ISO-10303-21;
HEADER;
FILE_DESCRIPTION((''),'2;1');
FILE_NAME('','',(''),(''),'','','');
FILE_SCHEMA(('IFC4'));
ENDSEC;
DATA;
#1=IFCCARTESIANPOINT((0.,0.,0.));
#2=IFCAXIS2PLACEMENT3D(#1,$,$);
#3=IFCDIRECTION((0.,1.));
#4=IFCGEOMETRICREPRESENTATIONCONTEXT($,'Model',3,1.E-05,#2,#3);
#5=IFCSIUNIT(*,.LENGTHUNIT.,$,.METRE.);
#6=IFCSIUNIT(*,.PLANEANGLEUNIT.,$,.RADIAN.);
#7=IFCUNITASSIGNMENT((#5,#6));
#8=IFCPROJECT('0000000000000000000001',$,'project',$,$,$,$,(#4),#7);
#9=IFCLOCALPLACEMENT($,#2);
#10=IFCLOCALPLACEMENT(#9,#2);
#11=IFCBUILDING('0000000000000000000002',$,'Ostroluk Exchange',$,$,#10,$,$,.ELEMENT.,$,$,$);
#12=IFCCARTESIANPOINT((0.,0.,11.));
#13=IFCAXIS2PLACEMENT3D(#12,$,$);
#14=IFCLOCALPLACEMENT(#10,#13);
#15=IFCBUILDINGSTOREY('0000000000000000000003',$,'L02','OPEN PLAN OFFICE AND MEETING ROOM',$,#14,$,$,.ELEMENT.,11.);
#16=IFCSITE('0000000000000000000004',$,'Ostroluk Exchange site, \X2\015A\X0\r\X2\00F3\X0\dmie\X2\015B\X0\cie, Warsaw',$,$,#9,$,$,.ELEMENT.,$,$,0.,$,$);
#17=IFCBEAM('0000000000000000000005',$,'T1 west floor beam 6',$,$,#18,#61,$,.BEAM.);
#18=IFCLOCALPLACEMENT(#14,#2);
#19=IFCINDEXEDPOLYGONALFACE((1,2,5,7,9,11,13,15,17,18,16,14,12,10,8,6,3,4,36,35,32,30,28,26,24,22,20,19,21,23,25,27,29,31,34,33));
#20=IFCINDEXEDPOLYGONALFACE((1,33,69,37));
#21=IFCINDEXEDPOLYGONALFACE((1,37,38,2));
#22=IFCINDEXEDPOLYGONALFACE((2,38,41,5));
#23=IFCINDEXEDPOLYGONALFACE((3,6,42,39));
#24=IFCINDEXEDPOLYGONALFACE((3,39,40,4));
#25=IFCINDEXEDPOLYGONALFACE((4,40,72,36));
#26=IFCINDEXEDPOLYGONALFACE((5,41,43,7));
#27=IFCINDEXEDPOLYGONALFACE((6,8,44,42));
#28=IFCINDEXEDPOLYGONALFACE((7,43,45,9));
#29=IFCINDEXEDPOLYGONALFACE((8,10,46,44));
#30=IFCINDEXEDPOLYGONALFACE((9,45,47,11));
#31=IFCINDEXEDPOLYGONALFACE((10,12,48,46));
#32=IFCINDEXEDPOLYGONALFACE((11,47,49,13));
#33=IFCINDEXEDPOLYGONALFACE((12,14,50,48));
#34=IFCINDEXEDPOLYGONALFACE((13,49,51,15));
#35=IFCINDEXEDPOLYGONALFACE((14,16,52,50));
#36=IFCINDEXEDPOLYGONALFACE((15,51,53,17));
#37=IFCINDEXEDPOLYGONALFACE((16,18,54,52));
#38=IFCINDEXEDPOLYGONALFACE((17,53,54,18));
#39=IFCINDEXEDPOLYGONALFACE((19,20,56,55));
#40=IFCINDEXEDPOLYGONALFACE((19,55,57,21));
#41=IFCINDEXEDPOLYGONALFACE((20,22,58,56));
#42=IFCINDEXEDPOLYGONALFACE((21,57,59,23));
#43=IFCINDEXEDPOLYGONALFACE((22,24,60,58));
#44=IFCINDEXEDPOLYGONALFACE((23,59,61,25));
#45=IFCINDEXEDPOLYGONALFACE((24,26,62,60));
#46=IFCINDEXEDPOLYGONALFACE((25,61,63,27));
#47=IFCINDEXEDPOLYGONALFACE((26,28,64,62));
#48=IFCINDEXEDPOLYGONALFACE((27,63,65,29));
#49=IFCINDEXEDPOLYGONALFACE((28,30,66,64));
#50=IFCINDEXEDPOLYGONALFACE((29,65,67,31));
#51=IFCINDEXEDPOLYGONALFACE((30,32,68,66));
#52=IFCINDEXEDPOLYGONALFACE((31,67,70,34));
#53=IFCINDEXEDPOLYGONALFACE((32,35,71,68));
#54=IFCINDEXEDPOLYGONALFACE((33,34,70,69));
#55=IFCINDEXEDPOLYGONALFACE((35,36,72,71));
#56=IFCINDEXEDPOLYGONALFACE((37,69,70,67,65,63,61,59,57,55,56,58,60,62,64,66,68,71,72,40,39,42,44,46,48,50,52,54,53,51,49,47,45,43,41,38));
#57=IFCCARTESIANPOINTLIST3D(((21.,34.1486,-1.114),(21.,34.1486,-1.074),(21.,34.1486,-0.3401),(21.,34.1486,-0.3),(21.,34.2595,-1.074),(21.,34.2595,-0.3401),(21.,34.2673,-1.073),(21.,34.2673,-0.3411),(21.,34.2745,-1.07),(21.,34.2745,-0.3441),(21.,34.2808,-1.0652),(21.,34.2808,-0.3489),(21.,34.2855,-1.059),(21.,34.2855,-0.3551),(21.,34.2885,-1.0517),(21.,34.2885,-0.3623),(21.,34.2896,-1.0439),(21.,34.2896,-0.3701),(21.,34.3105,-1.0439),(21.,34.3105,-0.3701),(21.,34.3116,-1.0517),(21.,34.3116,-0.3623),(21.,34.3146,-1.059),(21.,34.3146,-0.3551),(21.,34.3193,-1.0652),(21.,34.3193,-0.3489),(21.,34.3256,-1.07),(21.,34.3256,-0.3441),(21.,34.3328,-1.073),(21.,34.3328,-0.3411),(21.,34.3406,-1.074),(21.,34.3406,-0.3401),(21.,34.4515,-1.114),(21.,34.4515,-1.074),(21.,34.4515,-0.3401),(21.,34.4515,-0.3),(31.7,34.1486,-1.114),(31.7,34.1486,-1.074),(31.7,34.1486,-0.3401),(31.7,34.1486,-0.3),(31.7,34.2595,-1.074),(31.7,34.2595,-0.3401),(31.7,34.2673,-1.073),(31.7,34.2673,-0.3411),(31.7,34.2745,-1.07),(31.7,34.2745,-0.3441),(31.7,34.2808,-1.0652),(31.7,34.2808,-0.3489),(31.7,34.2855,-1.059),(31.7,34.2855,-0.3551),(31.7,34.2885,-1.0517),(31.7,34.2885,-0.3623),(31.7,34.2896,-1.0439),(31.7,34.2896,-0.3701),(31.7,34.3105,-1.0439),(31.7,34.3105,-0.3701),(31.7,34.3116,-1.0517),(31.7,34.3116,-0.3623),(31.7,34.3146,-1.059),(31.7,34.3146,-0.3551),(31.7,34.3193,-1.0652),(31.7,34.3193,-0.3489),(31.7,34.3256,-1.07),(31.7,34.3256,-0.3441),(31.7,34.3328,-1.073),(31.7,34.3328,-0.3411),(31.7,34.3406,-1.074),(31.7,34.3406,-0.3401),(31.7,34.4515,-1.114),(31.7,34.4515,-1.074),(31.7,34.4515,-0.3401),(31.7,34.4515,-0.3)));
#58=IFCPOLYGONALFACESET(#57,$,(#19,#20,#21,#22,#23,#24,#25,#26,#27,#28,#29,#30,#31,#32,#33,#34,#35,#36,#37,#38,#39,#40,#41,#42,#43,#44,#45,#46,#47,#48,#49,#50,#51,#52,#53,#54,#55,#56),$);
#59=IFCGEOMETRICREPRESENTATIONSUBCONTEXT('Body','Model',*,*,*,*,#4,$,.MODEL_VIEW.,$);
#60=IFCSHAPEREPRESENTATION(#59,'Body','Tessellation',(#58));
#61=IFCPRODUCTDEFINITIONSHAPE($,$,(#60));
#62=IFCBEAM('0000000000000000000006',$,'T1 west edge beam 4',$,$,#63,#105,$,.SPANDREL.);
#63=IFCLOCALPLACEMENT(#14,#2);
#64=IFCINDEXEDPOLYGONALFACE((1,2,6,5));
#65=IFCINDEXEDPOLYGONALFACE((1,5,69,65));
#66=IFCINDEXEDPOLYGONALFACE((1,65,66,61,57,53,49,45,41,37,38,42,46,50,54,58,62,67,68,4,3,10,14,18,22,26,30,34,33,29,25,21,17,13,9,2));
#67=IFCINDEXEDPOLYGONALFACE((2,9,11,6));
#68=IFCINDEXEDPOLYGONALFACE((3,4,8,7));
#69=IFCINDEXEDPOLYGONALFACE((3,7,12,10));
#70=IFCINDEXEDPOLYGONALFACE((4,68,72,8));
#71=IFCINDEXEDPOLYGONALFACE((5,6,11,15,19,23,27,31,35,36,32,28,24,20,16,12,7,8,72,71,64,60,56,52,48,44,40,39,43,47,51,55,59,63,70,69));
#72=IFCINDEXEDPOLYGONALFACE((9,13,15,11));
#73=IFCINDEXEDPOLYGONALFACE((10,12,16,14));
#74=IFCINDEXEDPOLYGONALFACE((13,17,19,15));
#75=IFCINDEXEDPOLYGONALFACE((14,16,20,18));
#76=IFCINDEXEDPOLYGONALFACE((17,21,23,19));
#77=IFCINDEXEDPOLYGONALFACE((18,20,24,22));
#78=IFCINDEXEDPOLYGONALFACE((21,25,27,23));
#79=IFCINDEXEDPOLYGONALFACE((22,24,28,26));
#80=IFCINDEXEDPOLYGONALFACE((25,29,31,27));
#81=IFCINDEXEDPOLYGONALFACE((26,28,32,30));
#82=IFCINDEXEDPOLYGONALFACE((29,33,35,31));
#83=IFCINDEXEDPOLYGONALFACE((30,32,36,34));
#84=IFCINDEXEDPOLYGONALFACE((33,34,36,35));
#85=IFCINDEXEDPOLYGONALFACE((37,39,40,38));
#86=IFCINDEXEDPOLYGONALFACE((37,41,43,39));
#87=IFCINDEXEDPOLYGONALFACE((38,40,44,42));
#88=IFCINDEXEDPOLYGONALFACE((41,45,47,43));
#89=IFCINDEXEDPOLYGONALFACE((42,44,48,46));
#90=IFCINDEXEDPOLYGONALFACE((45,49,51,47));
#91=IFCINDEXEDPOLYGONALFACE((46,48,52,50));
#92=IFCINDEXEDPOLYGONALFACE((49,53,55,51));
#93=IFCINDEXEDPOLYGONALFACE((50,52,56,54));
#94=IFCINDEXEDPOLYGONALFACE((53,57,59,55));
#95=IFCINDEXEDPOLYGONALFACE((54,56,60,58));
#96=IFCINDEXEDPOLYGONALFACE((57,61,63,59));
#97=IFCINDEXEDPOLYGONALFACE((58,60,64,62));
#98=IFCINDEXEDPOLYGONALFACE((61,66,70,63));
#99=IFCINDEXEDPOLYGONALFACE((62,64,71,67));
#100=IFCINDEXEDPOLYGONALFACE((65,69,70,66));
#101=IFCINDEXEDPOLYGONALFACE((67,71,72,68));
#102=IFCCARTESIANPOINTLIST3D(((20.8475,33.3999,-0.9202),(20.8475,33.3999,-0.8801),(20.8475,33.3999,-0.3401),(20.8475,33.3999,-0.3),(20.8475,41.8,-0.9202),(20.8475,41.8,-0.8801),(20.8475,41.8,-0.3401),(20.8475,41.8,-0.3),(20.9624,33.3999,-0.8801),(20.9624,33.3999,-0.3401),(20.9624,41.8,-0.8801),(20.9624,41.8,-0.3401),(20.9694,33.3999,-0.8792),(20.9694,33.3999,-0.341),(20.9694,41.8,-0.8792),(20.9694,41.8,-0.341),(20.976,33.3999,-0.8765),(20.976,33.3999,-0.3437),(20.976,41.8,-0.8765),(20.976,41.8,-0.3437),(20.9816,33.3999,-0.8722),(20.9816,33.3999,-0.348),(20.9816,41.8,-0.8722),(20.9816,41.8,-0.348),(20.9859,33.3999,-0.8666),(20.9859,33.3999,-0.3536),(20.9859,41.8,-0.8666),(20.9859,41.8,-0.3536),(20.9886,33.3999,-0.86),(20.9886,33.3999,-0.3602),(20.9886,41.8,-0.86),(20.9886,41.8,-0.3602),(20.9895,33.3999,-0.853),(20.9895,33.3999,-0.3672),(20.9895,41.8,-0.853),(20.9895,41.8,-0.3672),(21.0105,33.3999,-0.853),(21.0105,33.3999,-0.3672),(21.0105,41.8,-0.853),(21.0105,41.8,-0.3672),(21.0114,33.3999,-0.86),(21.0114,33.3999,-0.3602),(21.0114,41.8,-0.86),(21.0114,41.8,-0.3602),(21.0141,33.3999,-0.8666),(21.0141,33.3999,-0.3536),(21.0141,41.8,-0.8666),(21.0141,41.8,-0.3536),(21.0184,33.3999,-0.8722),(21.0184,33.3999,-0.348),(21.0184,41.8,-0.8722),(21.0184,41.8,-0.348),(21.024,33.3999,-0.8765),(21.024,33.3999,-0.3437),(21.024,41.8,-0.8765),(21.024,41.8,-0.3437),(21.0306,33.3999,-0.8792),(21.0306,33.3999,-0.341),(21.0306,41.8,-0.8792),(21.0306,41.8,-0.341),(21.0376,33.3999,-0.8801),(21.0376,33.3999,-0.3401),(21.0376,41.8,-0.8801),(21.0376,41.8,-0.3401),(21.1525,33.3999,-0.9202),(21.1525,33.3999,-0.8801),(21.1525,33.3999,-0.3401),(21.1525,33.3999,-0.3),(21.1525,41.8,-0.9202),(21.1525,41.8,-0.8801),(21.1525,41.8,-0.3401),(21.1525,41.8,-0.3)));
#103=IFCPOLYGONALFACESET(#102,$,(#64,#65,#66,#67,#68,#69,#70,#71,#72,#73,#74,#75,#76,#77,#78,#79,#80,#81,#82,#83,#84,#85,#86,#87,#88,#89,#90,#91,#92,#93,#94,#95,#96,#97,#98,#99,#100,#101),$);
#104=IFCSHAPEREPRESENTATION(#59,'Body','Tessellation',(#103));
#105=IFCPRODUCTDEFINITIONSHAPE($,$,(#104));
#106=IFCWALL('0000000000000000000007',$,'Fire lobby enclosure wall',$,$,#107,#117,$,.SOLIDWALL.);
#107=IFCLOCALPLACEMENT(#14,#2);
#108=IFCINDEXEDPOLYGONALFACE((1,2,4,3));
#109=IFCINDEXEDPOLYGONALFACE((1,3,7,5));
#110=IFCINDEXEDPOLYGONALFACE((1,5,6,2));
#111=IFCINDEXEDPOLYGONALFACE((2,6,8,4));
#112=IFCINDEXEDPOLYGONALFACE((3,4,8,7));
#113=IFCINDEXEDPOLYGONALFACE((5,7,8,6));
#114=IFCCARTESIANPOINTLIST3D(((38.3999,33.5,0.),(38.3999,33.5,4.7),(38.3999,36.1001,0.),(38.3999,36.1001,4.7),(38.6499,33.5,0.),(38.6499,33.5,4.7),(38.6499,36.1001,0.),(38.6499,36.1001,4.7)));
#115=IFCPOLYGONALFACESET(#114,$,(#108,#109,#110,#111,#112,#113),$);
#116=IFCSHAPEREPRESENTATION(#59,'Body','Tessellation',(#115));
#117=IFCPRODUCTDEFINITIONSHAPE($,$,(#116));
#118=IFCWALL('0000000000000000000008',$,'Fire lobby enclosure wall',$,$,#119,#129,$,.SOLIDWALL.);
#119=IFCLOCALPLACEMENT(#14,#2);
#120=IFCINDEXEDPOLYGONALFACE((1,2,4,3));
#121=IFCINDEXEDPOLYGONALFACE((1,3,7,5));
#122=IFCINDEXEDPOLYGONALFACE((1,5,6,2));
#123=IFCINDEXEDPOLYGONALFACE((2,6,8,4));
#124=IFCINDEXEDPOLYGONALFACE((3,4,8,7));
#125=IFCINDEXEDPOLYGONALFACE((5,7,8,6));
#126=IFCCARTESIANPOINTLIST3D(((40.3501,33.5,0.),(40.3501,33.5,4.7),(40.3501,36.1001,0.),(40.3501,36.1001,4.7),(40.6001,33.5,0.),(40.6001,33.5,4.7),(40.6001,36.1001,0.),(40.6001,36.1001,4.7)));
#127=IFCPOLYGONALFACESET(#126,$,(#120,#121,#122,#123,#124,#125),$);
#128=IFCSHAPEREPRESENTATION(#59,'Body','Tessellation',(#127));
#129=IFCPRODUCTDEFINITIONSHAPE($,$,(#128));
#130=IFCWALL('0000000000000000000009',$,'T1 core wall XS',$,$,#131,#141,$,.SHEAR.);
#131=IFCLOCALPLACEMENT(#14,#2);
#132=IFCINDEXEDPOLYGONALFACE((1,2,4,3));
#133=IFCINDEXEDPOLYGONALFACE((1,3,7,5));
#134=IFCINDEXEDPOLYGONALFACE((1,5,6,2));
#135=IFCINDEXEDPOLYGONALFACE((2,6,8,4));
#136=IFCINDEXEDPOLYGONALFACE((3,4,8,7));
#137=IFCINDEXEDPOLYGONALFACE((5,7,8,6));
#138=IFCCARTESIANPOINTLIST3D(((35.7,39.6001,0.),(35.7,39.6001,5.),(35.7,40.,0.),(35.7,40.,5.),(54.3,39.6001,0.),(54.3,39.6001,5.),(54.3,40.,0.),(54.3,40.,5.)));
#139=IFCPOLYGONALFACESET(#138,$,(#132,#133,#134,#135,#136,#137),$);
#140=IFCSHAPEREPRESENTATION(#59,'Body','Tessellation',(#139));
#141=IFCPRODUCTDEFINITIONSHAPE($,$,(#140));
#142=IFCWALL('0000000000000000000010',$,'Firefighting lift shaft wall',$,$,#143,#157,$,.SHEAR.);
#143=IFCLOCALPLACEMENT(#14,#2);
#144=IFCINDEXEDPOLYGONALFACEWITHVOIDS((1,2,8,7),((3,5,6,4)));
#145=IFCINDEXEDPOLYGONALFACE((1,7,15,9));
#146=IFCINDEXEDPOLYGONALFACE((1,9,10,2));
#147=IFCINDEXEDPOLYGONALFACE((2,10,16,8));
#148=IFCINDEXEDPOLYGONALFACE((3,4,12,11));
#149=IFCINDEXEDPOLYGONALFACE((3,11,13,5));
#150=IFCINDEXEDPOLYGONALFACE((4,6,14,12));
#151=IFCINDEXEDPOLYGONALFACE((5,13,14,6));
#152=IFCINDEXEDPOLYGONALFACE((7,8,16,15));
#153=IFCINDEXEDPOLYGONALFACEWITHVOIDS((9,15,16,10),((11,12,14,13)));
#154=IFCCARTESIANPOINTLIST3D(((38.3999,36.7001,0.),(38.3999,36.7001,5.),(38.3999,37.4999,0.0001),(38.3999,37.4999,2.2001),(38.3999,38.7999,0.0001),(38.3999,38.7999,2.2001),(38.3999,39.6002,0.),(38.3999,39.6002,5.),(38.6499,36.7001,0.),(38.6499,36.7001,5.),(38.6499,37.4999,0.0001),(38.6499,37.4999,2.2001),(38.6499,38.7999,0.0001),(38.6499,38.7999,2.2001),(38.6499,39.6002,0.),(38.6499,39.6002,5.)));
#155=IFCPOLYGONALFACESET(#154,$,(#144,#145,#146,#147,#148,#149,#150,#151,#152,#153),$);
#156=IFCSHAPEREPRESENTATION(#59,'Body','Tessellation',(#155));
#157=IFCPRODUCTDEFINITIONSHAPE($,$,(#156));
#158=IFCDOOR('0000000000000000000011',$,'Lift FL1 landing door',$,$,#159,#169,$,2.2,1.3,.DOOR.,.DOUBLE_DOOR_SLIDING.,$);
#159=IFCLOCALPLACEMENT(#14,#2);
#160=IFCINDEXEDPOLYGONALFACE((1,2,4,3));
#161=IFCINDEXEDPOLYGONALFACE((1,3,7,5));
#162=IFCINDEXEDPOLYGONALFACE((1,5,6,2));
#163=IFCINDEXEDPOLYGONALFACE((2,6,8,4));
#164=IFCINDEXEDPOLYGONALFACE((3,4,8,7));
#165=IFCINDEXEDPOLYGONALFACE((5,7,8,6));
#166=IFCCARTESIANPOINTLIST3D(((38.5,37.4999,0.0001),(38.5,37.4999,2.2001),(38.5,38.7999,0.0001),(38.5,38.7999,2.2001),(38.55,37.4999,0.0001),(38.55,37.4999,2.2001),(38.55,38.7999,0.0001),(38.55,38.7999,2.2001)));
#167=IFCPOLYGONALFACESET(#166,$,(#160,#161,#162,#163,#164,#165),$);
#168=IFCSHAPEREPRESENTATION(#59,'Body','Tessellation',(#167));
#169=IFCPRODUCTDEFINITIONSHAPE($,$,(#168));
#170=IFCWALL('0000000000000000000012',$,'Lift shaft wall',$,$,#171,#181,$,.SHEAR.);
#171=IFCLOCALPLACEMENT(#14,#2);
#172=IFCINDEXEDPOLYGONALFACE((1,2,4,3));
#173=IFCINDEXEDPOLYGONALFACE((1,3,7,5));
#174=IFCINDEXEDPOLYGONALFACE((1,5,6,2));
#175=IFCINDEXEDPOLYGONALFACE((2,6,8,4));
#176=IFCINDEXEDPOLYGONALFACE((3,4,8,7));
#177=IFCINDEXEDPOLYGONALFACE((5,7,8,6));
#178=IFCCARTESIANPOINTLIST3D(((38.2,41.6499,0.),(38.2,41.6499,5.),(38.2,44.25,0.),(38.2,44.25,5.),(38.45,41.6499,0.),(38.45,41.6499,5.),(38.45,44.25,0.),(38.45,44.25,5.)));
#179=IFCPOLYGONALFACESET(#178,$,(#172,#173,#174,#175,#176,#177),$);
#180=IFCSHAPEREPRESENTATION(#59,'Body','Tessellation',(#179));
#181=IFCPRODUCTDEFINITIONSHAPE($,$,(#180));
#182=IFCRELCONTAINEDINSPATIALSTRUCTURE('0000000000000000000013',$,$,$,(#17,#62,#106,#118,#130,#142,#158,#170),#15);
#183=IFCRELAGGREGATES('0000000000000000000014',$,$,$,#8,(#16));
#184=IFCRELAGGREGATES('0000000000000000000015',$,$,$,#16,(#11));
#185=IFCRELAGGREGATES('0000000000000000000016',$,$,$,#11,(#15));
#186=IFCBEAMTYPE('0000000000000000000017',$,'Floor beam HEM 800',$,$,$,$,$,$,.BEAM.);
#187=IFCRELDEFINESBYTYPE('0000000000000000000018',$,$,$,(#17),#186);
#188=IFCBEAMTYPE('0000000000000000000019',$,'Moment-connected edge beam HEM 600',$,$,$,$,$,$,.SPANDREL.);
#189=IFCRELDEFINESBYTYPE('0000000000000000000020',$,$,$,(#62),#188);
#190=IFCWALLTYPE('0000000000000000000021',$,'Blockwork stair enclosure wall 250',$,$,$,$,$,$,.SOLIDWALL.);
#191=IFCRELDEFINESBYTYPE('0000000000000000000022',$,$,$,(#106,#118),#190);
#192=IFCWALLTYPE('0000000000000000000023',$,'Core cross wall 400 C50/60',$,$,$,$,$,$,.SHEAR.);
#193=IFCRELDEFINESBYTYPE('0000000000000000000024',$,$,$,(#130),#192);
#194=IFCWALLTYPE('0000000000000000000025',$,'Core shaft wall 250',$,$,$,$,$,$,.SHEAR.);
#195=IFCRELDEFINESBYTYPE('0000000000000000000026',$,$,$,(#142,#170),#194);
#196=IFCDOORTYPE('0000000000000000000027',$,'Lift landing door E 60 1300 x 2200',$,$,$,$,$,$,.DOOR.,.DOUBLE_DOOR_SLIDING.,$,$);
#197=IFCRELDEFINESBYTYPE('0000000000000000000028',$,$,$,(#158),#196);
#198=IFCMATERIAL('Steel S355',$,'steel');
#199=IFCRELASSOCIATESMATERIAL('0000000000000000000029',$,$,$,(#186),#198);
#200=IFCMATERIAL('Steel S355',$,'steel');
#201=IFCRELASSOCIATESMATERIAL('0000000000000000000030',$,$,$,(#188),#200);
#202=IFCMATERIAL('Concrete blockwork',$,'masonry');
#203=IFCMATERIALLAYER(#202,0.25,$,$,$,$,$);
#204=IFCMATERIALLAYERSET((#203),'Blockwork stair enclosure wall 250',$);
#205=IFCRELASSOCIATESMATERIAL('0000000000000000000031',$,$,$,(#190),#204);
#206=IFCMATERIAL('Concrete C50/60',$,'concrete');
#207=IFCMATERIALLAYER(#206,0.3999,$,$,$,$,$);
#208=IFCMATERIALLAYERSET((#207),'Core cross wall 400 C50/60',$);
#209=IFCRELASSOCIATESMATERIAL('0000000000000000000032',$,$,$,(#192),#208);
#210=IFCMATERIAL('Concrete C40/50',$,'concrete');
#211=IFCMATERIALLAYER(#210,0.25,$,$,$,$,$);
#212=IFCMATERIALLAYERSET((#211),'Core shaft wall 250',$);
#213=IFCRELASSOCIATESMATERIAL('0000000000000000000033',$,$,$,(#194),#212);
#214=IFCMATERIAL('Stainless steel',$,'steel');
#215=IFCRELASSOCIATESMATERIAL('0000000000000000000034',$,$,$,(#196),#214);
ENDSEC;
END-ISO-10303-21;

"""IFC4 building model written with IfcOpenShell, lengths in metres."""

from ifc_helpers import new_model, si_unit, direction, frame, frame_2d, origin, origin_2d, place, context, subcontext, project, spatial, rectangle, i_section, extrude, material, layer, layer_set, material_profile, profile_set, type_object, element, fill, save


model = new_model("IFC4")

# Units and contexts
model_context = context("Model", 3, precision=1e-05, world=origin(), true_north=direction((0.0, 1.0)))
body_context = subcontext(model_context, "Body", "Model", "MODEL_VIEW")
ifc_project = project(units=[si_unit("LENGTHUNIT", "METRE"), si_unit("PLANEANGLEUNIT", "RADIAN")], contexts=[model_context])

# Site, building, storey
site_placement = place(None, origin())
site = spatial("IfcSite", under=ifc_project, at=site_placement, Name="Ostroluk Exchange site, Śródmieście, Warsaw", CompositionType="ELEMENT", RefElevation=0.0)
building_placement = place(site_placement, origin())
building = spatial("IfcBuilding", under=site, at=building_placement, Name="Ostroluk Exchange", CompositionType="ELEMENT")
storey_placement = place(building_placement, frame((0.0, 0.0, 11.0)))
storey = spatial("IfcBuildingStorey", under=building, at=storey_placement, Name="L02", Description="OPEN PLAN OFFICE AND MEETING ROOM", CompositionType="ELEMENT", Elevation=11.0)

# Beams
ifc_material_1 = material(Name="Steel S355", Category="steel")
ifc_material_profile_1 = material_profile(ifc_material_1, i_section(OverallWidth=0.303, OverallDepth=0.814, WebThickness=0.021, FlangeThickness=0.04, FilletRadius=0.03, at=origin_2d()), Name="HEM 800")
ifc_profile_set_1 = profile_set([ifc_material_profile_1], Name="Steel S355")
beam_type_1 = type_object("IfcBeamType", Name="Floor beam HEM 800", PredefinedType="BEAM", material=ifc_profile_set_1)
beam_1_placement = place(storey_placement, frame((31.7, 34.3, -0.707), z_axis=(-1.0, 0.0, 0.0), x_axis=(0.0, -1.0, 0.0)))
element("IfcBeam", 1, at=beam_1_placement, inside=storey, type_object=beam_type_1, Name="T1 west floor beam 6", PredefinedType="BEAM", context=body_context, shape_type="SweptSolid", body=[
    extrude(i_section(OverallWidth=0.303, OverallDepth=0.814, WebThickness=0.021, FlangeThickness=0.04, FilletRadius=0.03, at=origin_2d()), origin(), (0.0, 0.0, 1.0), 10.7),
])
ifc_material_2 = material(Name="Steel S355", Category="steel")
ifc_material_profile_2 = material_profile(ifc_material_2, i_section(OverallWidth=0.3049, OverallDepth=0.6201, WebThickness=0.021, FlangeThickness=0.04, FilletRadius=0.0271, at=origin_2d()), Name="HEM 600")
ifc_profile_set_2 = profile_set([ifc_material_profile_2], Name="Steel S355")
beam_type_2 = type_object("IfcBeamType", Name="Moment-connected edge beam HEM 600", PredefinedType="SPANDREL", material=ifc_profile_set_2)
beam_2_placement = place(storey_placement, frame((21.0, 41.8, -0.6101), z_axis=(0.0, -1.0, 0.0), x_axis=(1.0, 0.0, 0.0)))
element("IfcBeam", 2, at=beam_2_placement, inside=storey, type_object=beam_type_2, Name="T1 west edge beam 4", PredefinedType="SPANDREL", context=body_context, shape_type="SweptSolid", body=[
    extrude(i_section(OverallWidth=0.3049, OverallDepth=0.6201, WebThickness=0.021, FlangeThickness=0.04, FilletRadius=0.0271, at=origin_2d()), origin(), (0.0, 0.0, 1.0), 8.4001),
])

# Walls
ifc_material_3 = material(Name="Concrete blockwork", Category="masonry")
ifc_layer_1 = layer(ifc_material_3, 0.25)
ifc_layer_set_1 = layer_set([ifc_layer_1], Name="Blockwork stair enclosure wall 250")
wall_type_1 = type_object("IfcWallType", Name="Blockwork stair enclosure wall 250", PredefinedType="SOLIDWALL", material=ifc_layer_set_1)
for number, where, z_axis, x_axis, name in (
    (3, (38.5249, 33.5, 0.0), (0.0, 0.0, 1.0), (0.0, 1.0, 0.0), "Fire lobby enclosure wall"),
    (4, (40.4751, 33.5, 0.0), (0.0, 0.0, 1.0), (0.0, 1.0, 0.0), "Fire lobby enclosure wall"),
):
    element("IfcWall", number, at=place(storey_placement, frame(where, z_axis=z_axis, x_axis=x_axis)), inside=storey, type_object=wall_type_1, Name=name, PredefinedType="SOLIDWALL", context=body_context, shape_type="SweptSolid", body=[
        extrude(rectangle(XDim=2.6001, YDim=0.25, at=frame_2d((1.3, 0.0))), origin(), (0.0, 0.0, 1.0), 4.7),
    ])
ifc_material_4 = material(Name="Concrete C50/60", Category="concrete")
ifc_layer_2 = layer(ifc_material_4, 0.3999)
ifc_layer_set_2 = layer_set([ifc_layer_2], Name="Core cross wall 400 C50/60")
wall_type_2 = type_object("IfcWallType", Name="Core cross wall 400 C50/60", PredefinedType="SHEAR", material=ifc_layer_set_2)
wall_1_placement = place(storey_placement, frame((35.7, 39.8, 0.0), z_axis=(0.0, 0.0, 1.0), x_axis=(1.0, 0.0, 0.0)))
element("IfcWall", 5, at=wall_1_placement, inside=storey, type_object=wall_type_2, Name="T1 core wall XS", PredefinedType="SHEAR", context=body_context, shape_type="SweptSolid", body=[
    extrude(rectangle(XDim=18.6001, YDim=0.3999, at=frame_2d((9.3, 0.0))), origin(), (0.0, 0.0, 1.0), 5.0),
])

# Wall, opening, door
ifc_material_5 = material(Name="Concrete C40/50", Category="concrete")
ifc_layer_3 = layer(ifc_material_5, 0.25)
ifc_layer_set_3 = layer_set([ifc_layer_3], Name="Core shaft wall 250")
wall_type_3 = type_object("IfcWallType", Name="Core shaft wall 250", PredefinedType="SHEAR", material=ifc_layer_set_3)
wall_2_placement = place(storey_placement, frame((38.5249, 36.7, 0.0), z_axis=(0.0, 0.0, 1.0), x_axis=(0.0, 1.0, 0.0)))
wall_2 = element("IfcWall", 6, at=wall_2_placement, inside=storey, type_object=wall_type_3, Name="Firefighting lift shaft wall", PredefinedType="SHEAR", context=body_context, shape_type="SweptSolid", body=[
    extrude(rectangle(XDim=2.9001, YDim=0.25, at=frame_2d((1.4502, 0.0))), origin(), (0.0, 0.0, 1.0), 5.0),
])
opening_1_placement = place(wall_2_placement, frame((0.8, 0.0, 0.0)))
opening_1 = element("IfcOpeningElement", 7, at=opening_1_placement, cuts=wall_2, PredefinedType="OPENING", context=body_context, shape_type="SweptSolid", body=[
    extrude(rectangle(XDim=1.3, YDim=2.2, at=frame_2d((0.6499, 1.1001))), frame((0.0, 0.135, 0.0), z_axis=(0.0, -1.0, 0.0), x_axis=(1.0, 0.0, 0.0)), (0.0, 0.0, 1.0), 0.27),
])
ifc_material_6 = material(Name="Stainless steel", Category="steel")
door_type_1 = type_object("IfcDoorType", Name="Lift landing door E 60 1300 x 2200", OperationType="DOUBLE_DOOR_SLIDING", PredefinedType="DOOR", material=ifc_material_6)
door_1_placement = place(opening_1_placement, origin())
door_1 = element("IfcDoor", 8, at=door_1_placement, inside=storey, type_object=door_type_1, Name="Lift FL1 landing door", OperationType="DOUBLE_DOOR_SLIDING", OverallHeight=2.2, OverallWidth=1.3, PredefinedType="DOOR", context=body_context, shape_type="SweptSolid", body=[
    extrude(rectangle(XDim=1.3, YDim=2.2, at=frame_2d((0.6499, 1.1001))), frame((0.0, 0.0249, 0.0), z_axis=(0.0, -1.0, 0.0), x_axis=(1.0, 0.0, 0.0)), (0.0, 0.0, 1.0), 0.05),
])
fill(opening_1, door_1)

# Wall
wall_3_placement = place(storey_placement, frame((38.325, 44.25, 0.0), z_axis=(0.0, 0.0, 1.0), x_axis=(0.0, -1.0, 0.0)))
element("IfcWall", 9, at=wall_3_placement, inside=storey, type_object=wall_type_3, Name="Lift shaft wall", PredefinedType="SHEAR", context=body_context, shape_type="SweptSolid", body=[
    extrude(rectangle(XDim=2.6001, YDim=0.25, at=frame_2d((1.3, 0.0))), origin(), (0.0, 0.0, 1.0), 5.0),
])

save(model, "model.ifc")
